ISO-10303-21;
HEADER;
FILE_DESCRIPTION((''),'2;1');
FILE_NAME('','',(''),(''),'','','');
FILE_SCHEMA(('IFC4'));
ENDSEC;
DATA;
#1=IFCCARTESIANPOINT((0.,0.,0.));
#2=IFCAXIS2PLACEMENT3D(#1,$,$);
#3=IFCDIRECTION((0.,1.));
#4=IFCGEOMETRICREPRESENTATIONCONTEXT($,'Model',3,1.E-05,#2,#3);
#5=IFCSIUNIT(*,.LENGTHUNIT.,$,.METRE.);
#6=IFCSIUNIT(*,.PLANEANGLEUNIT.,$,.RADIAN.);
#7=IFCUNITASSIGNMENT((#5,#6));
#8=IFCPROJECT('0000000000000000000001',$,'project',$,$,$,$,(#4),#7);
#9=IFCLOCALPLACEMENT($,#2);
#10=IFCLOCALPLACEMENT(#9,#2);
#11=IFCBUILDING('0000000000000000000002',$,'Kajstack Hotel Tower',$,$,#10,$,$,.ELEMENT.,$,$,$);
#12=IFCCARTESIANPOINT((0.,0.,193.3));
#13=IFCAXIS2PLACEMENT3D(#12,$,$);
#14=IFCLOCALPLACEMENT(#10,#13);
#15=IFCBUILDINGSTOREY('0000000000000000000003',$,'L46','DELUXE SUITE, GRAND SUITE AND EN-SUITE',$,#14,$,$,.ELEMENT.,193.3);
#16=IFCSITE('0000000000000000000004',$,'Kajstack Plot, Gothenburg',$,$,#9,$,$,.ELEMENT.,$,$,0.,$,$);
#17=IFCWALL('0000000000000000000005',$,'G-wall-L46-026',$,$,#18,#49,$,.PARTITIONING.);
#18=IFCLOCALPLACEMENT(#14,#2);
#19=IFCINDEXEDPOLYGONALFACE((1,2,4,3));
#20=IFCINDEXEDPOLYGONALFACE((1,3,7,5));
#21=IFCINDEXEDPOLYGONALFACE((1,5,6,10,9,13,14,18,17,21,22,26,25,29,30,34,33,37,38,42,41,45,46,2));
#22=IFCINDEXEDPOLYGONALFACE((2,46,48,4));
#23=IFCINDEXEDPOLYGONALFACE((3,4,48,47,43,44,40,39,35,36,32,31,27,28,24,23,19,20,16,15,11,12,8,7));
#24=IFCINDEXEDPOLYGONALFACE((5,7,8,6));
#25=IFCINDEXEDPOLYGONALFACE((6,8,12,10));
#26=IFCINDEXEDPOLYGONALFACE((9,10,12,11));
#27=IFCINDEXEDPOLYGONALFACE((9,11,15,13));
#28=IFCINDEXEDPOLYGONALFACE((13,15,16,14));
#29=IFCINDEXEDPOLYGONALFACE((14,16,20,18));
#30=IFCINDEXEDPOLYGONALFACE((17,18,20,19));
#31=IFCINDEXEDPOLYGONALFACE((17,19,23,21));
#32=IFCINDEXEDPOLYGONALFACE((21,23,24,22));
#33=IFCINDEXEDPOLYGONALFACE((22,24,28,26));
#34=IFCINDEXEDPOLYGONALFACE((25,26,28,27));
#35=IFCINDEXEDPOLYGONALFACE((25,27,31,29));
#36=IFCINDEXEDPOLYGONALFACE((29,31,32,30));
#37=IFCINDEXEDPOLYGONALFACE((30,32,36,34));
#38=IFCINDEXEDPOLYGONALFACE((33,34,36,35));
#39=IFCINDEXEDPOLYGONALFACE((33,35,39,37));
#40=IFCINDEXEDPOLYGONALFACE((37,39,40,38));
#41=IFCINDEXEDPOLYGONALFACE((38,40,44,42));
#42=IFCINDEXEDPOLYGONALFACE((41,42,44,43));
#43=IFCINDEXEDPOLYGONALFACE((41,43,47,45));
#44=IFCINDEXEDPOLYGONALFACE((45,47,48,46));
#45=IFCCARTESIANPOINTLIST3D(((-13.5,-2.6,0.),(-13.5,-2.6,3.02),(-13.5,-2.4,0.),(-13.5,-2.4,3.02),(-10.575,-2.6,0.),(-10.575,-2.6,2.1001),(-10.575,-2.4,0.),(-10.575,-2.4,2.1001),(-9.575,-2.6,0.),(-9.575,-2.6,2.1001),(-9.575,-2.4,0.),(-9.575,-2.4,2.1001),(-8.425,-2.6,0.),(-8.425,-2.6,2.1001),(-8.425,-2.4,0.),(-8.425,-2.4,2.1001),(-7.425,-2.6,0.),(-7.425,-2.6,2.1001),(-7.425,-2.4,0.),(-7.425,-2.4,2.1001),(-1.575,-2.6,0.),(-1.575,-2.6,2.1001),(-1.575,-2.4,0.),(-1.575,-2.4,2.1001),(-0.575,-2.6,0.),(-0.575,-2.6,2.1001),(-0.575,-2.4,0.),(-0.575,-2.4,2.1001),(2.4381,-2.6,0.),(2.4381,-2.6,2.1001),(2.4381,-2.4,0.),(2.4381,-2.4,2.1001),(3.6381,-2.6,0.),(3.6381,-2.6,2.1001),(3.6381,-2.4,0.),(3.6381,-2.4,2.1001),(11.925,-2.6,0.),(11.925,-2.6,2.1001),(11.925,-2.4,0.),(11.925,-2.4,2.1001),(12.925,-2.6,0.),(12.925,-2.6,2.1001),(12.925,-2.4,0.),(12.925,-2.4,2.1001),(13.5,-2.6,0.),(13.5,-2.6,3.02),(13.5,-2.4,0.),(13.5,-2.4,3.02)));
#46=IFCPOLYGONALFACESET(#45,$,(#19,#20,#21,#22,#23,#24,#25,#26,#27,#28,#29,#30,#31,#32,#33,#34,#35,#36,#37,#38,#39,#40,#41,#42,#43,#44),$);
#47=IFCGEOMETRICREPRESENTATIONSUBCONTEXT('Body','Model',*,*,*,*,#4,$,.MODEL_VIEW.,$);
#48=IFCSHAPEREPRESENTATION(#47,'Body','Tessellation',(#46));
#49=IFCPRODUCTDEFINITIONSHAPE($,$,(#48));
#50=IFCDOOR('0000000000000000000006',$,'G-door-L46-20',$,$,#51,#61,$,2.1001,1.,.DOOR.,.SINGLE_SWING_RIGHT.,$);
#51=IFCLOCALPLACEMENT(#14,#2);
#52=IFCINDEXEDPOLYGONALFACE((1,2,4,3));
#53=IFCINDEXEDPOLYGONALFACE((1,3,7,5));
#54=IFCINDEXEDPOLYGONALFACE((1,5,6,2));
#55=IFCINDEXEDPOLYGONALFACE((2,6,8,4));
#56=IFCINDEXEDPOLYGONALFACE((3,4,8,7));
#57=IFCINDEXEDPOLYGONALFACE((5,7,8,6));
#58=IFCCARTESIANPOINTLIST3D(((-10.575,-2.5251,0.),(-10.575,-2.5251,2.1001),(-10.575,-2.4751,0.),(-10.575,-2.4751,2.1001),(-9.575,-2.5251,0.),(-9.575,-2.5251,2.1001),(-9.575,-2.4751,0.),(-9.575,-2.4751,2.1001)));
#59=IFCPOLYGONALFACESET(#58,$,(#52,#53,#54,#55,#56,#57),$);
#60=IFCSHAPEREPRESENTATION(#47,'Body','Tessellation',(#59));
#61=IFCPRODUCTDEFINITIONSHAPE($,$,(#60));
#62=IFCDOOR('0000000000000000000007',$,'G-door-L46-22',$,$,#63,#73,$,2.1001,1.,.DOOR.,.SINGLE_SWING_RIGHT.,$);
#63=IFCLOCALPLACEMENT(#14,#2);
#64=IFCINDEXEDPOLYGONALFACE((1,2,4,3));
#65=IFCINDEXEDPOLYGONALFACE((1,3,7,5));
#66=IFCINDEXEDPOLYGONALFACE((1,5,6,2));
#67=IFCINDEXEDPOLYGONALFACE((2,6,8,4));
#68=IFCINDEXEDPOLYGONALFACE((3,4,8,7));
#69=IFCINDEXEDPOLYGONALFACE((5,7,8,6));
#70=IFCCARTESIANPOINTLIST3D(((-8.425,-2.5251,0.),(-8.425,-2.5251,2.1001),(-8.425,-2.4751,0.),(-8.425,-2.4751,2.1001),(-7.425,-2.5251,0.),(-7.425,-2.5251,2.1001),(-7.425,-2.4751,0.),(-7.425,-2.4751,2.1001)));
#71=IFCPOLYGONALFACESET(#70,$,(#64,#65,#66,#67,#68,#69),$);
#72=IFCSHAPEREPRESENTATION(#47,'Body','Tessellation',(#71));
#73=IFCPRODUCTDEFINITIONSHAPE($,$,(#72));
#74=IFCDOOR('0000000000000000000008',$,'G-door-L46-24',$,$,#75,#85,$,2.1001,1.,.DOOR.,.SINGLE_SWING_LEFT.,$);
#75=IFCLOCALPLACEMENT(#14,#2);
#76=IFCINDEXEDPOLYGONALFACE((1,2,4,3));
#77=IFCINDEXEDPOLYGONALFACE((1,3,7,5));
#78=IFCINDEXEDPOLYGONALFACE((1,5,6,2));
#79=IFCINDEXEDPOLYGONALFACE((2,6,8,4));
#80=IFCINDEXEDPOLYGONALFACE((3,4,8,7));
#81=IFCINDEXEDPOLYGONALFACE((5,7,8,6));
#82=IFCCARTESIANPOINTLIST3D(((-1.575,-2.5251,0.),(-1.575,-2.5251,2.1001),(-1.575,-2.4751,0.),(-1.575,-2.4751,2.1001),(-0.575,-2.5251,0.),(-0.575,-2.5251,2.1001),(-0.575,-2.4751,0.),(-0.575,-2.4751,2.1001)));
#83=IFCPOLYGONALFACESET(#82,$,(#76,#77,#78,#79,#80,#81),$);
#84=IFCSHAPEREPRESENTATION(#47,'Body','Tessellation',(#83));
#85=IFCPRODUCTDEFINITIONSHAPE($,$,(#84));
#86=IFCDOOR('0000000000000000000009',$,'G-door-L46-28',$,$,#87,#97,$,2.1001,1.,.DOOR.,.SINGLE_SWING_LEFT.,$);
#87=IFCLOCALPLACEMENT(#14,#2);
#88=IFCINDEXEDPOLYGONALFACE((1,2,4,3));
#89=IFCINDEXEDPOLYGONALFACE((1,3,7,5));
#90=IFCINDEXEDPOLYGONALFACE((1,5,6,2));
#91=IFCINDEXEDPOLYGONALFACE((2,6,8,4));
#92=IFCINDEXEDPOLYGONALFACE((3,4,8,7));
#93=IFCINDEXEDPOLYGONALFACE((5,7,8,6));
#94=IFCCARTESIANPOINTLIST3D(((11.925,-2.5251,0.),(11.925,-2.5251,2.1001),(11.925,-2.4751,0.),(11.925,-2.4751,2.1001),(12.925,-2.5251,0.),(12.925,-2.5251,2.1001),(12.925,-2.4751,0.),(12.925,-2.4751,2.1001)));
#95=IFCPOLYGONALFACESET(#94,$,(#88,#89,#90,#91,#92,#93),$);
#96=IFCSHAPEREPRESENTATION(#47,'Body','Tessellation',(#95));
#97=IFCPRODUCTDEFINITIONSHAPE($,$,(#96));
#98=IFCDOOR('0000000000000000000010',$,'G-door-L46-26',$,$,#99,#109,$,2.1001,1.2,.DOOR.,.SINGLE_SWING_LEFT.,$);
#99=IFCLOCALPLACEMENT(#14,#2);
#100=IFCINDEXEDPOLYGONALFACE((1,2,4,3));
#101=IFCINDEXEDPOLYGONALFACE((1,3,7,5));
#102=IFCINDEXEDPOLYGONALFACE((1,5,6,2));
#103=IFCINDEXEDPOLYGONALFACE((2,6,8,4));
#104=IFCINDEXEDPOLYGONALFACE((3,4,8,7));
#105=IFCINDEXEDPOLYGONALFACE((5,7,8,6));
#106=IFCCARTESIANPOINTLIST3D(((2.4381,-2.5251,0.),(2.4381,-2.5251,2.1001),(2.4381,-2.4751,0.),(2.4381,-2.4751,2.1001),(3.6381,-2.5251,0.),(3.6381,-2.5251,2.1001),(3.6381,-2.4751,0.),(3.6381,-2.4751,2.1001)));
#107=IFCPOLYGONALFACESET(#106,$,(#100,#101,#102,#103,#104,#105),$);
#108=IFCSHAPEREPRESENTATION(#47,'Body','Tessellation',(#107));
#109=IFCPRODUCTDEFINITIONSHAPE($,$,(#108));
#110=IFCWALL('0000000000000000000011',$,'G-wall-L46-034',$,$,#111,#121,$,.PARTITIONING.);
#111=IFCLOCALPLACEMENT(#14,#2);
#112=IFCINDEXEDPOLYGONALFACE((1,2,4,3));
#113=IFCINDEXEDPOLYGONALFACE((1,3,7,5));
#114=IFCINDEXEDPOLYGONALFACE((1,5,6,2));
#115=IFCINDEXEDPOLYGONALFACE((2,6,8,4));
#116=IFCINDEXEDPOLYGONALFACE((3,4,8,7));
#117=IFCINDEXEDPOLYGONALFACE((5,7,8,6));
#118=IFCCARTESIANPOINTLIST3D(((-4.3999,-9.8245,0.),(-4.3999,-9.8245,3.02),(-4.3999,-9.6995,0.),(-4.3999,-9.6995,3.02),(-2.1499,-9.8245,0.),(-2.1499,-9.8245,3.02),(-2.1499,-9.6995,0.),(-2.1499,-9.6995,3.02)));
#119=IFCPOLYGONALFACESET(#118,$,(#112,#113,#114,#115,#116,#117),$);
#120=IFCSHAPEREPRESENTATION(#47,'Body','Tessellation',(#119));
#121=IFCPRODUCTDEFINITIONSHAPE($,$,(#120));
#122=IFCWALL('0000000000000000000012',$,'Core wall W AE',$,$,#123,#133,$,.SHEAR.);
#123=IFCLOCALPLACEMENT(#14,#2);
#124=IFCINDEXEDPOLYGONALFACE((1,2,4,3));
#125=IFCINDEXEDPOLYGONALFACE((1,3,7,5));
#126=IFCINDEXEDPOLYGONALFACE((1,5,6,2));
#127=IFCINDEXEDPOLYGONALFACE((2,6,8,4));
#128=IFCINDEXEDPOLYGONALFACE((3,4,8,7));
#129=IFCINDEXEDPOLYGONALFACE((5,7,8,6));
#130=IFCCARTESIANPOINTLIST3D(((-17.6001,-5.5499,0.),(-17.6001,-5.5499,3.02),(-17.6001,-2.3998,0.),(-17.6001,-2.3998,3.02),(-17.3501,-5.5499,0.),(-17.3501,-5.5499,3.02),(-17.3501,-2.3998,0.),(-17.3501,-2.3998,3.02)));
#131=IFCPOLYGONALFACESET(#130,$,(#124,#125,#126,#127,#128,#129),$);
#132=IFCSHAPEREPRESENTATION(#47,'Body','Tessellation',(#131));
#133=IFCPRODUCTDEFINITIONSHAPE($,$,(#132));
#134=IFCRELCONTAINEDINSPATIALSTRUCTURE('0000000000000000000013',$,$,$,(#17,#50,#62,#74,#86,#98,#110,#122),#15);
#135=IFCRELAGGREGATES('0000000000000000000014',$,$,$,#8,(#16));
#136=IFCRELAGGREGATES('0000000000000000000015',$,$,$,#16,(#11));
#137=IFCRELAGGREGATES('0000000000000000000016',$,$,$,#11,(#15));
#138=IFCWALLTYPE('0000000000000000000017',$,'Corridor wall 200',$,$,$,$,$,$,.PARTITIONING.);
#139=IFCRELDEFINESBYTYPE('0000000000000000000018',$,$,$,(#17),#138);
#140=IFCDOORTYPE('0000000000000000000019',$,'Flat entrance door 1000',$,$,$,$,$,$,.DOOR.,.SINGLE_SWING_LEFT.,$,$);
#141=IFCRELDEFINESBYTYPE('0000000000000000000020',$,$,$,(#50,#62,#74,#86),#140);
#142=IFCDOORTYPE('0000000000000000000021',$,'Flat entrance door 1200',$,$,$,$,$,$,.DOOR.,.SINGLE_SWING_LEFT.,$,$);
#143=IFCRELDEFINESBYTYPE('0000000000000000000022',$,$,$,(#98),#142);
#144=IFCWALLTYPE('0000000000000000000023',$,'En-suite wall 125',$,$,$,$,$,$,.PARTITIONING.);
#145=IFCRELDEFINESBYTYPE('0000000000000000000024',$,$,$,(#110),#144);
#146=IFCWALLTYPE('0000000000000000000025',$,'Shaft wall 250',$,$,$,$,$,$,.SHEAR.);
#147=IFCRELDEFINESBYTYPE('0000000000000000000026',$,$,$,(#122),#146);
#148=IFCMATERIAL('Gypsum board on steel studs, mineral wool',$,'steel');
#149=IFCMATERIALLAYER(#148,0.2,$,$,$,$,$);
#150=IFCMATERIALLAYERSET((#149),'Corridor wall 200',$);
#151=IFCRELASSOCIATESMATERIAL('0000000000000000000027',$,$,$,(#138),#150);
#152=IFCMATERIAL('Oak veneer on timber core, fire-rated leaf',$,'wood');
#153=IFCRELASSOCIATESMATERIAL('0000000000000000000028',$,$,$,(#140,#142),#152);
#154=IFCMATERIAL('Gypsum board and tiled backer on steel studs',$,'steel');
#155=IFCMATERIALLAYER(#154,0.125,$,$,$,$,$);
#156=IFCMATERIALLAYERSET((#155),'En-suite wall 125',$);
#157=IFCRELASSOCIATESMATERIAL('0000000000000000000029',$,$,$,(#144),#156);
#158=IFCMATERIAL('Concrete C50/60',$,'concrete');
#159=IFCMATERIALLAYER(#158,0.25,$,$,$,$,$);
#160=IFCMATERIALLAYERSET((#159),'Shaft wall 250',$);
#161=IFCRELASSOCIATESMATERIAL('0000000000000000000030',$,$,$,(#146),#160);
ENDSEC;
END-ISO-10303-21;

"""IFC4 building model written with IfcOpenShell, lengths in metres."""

from ifc_helpers import new_model, si_unit, direction, frame, frame_2d, origin, place, context, subcontext, project, spatial, rectangle, extrude, material, layer, layer_set, type_object, element, fill, save


model = new_model("IFC4")

# Units and contexts
model_context = context("Model", 3, precision=1e-05, world=origin(), true_north=direction((0.0, 1.0)))
body_context = subcontext(model_context, "Body", "Model", "MODEL_VIEW")
ifc_project = project(units=[si_unit("LENGTHUNIT", "METRE"), si_unit("PLANEANGLEUNIT", "RADIAN")], contexts=[model_context])

# Site, building, storey
site_placement = place(None, origin())
site = spatial("IfcSite", under=ifc_project, at=site_placement, Name="Kajstack Plot, Gothenburg", CompositionType="ELEMENT", RefElevation=0.0)
building_placement = place(site_placement, origin())
building = spatial("IfcBuilding", under=site, at=building_placement, Name="Kajstack Hotel Tower", CompositionType="ELEMENT")
storey_placement = place(building_placement, frame((0.0, 0.0, 193.3)))
storey = spatial("IfcBuildingStorey", under=building, at=storey_placement, Name="L46", Description="DELUXE SUITE, GRAND SUITE AND EN-SUITE", CompositionType="ELEMENT", Elevation=193.3)

# Wall, openings, doors
ifc_material_1 = material(Name="Gypsum board on steel studs, mineral wool", Category="steel")
ifc_layer_1 = layer(ifc_material_1, 0.2)
ifc_layer_set_1 = layer_set([ifc_layer_1], Name="Corridor wall 200")
wall_type_1 = type_object("IfcWallType", Name="Corridor wall 200", PredefinedType="PARTITIONING", material=ifc_layer_set_1)
wall_1_placement = place(storey_placement, frame((-13.5, -2.5, 0.0), z_axis=(0.0, 0.0, 1.0), x_axis=(1.0, 0.0, 0.0)))
wall_1 = element("IfcWall", 1, at=wall_1_placement, inside=storey, type_object=wall_type_1, Name="G-wall-L46-026", PredefinedType="PARTITIONING", context=body_context, shape_type="SweptSolid", body=[
    extrude(rectangle(XDim=27.0, YDim=0.2, at=frame_2d((13.5, 0.0))), origin(), (0.0, 0.0, 1.0), 3.02),
])
opening_1_placement = place(wall_1_placement, frame((2.925, 0.0, 0.0)))
opening_1 = element("IfcOpeningElement", 2, at=opening_1_placement, cuts=wall_1, PredefinedType="OPENING", context=body_context, shape_type="SweptSolid", body=[
    extrude(rectangle(XDim=1.0, YDim=2.1001, at=frame_2d((0.5, 1.05))), frame((0.0, 0.1099, 0.0), z_axis=(0.0, -1.0, 0.0), x_axis=(1.0, 0.0, 0.0)), (0.0, 0.0, 1.0), 0.22),
])
opening_2_placement = place(wall_1_placement, frame((5.075, 0.0, 0.0)))
opening_2 = element("IfcOpeningElement", 3, at=opening_2_placement, cuts=wall_1, PredefinedType="OPENING", context=body_context, shape_type="SweptSolid", body=[
    extrude(rectangle(XDim=1.0, YDim=2.1001, at=frame_2d((0.5, 1.05))), frame((0.0, 0.1099, 0.0), z_axis=(0.0, -1.0, 0.0), x_axis=(1.0, 0.0, 0.0)), (0.0, 0.0, 1.0), 0.22),
])
opening_3_placement = place(wall_1_placement, frame((11.925, 0.0, 0.0)))
opening_3 = element("IfcOpeningElement", 4, at=opening_3_placement, cuts=wall_1, PredefinedType="OPENING", context=body_context, shape_type="SweptSolid", body=[
    extrude(rectangle(XDim=1.0, YDim=2.1001, at=frame_2d((0.5, 1.05))), frame((0.0, 0.1099, 0.0), z_axis=(0.0, -1.0, 0.0), x_axis=(1.0, 0.0, 0.0)), (0.0, 0.0, 1.0), 0.22),
])
opening_4_placement = place(wall_1_placement, frame((15.938, 0.0, 0.0)))
opening_4 = element("IfcOpeningElement", 5, at=opening_4_placement, cuts=wall_1, PredefinedType="OPENING", context=body_context, shape_type="SweptSolid", body=[
    extrude(rectangle(XDim=1.2, YDim=2.1001, at=frame_2d((0.6001, 1.05))), frame((0.0, 0.1099, 0.0), z_axis=(0.0, -1.0, 0.0), x_axis=(1.0, 0.0, 0.0)), (0.0, 0.0, 1.0), 0.22),
])
opening_5_placement = place(wall_1_placement, frame((25.425, 0.0, 0.0)))
opening_5 = element("IfcOpeningElement", 6, at=opening_5_placement, cuts=wall_1, PredefinedType="OPENING", context=body_context, shape_type="SweptSolid", body=[
    extrude(rectangle(XDim=1.0, YDim=2.1001, at=frame_2d((0.5, 1.05))), frame((0.0, 0.1099, 0.0), z_axis=(0.0, -1.0, 0.0), x_axis=(1.0, 0.0, 0.0)), (0.0, 0.0, 1.0), 0.22),
])
ifc_material_2 = material(Name="Oak veneer on timber core, fire-rated leaf", Category="wood")
door_type_1 = type_object("IfcDoorType", Name="Flat entrance door 1000", OperationType="SINGLE_SWING_LEFT", PredefinedType="DOOR", material=ifc_material_2)
door_1_placement = place(opening_1_placement, origin())
door_1 = element("IfcDoor", 7, at=door_1_placement, inside=storey, type_object=door_type_1, Name="G-door-L46-20", OperationType="SINGLE_SWING_RIGHT", OverallHeight=2.1001, OverallWidth=1.0, PredefinedType="DOOR", context=body_context, shape_type="SweptSolid", body=[
    extrude(rectangle(XDim=1.0, YDim=2.1001, at=frame_2d((0.5, 1.05))), frame((0.0, 0.0249, 0.0), z_axis=(0.0, -1.0, 0.0), x_axis=(1.0, 0.0, 0.0)), (0.0, 0.0, 1.0), 0.05),
])
fill(opening_1, door_1)
door_2_placement = place(opening_2_placement, origin())
door_2 = element("IfcDoor", 8, at=door_2_placement, inside=storey, type_object=door_type_1, Name="G-door-L46-22", OperationType="SINGLE_SWING_RIGHT", OverallHeight=2.1001, OverallWidth=1.0, PredefinedType="DOOR", context=body_context, shape_type="SweptSolid", body=[
    extrude(rectangle(XDim=1.0, YDim=2.1001, at=frame_2d((0.5, 1.05))), frame((0.0, 0.0249, 0.0), z_axis=(0.0, -1.0, 0.0), x_axis=(1.0, 0.0, 0.0)), (0.0, 0.0, 1.0), 0.05),
])
fill(opening_2, door_2)
door_3_placement = place(opening_3_placement, origin())
door_3 = element("IfcDoor", 9, at=door_3_placement, inside=storey, type_object=door_type_1, Name="G-door-L46-24", OperationType="SINGLE_SWING_LEFT", OverallHeight=2.1001, OverallWidth=1.0, PredefinedType="DOOR", context=body_context, shape_type="SweptSolid", body=[
    extrude(rectangle(XDim=1.0, YDim=2.1001, at=frame_2d((0.5, 1.05))), frame((0.0, 0.0249, 0.0), z_axis=(0.0, -1.0, 0.0), x_axis=(1.0, 0.0, 0.0)), (0.0, 0.0, 1.0), 0.05),
])
fill(opening_3, door_3)
door_4_placement = place(opening_5_placement, origin())
door_4 = element("IfcDoor", 10, at=door_4_placement, inside=storey, type_object=door_type_1, Name="G-door-L46-28", OperationType="SINGLE_SWING_LEFT", OverallHeight=2.1001, OverallWidth=1.0, PredefinedType="DOOR", context=body_context, shape_type="SweptSolid", body=[
    extrude(rectangle(XDim=1.0, YDim=2.1001, at=frame_2d((0.5, 1.05))), frame((0.0, 0.0249, 0.0), z_axis=(0.0, -1.0, 0.0), x_axis=(1.0, 0.0, 0.0)), (0.0, 0.0, 1.0), 0.05),
])
fill(opening_5, door_4)
door_type_2 = type_object("IfcDoorType", Name="Flat entrance door 1200", OperationType="SINGLE_SWING_LEFT", PredefinedType="DOOR", material=ifc_material_2)
door_5_placement = place(opening_4_placement, origin())
door_5 = element("IfcDoor", 11, at=door_5_placement, inside=storey, type_object=door_type_2, Name="G-door-L46-26", OperationType="SINGLE_SWING_LEFT", OverallHeight=2.1001, OverallWidth=1.2, PredefinedType="DOOR", context=body_context, shape_type="SweptSolid", body=[
    extrude(rectangle(XDim=1.2, YDim=2.1001, at=frame_2d((0.6001, 1.05))), frame((0.0, 0.0249, 0.0), z_axis=(0.0, -1.0, 0.0), x_axis=(1.0, 0.0, 0.0)), (0.0, 0.0, 1.0), 0.05),
])
fill(opening_4, door_5)

# Walls
ifc_material_3 = material(Name="Gypsum board and tiled backer on steel studs", Category="steel")
ifc_layer_2 = layer(ifc_material_3, 0.125)
ifc_layer_set_2 = layer_set([ifc_layer_2], Name="En-suite wall 125")
wall_type_2 = type_object("IfcWallType", Name="En-suite wall 125", PredefinedType="PARTITIONING", material=ifc_layer_set_2)
wall_2_placement = place(storey_placement, frame((-4.3999, -9.762, 0.0), z_axis=(0.0, 0.0, 1.0), x_axis=(1.0, 0.0, 0.0)))
element("IfcWall", 12, at=wall_2_placement, inside=storey, type_object=wall_type_2, Name="G-wall-L46-034", PredefinedType="PARTITIONING", context=body_context, shape_type="SweptSolid", body=[
    extrude(rectangle(XDim=2.25, YDim=0.125, at=frame_2d((1.125, 0.0))), origin(), (0.0, 0.0, 1.0), 3.02),
])
ifc_material_4 = material(Name="Concrete C50/60", Category="concrete")
ifc_layer_3 = layer(ifc_material_4, 0.25)
ifc_layer_set_3 = layer_set([ifc_layer_3], Name="Shaft wall 250")
wall_type_3 = type_object("IfcWallType", Name="Shaft wall 250", PredefinedType="SHEAR", material=ifc_layer_set_3)
wall_3_placement = place(storey_placement, frame((-17.4751, -5.55, 0.0), z_axis=(0.0, 0.0, 1.0), x_axis=(0.0, 1.0, 0.0)))
element("IfcWall", 13, at=wall_3_placement, inside=storey, type_object=wall_type_3, Name="Core wall W AE", PredefinedType="SHEAR", context=body_context, shape_type="SweptSolid", body=[
    extrude(rectangle(XDim=3.1501, YDim=0.25, at=frame_2d((1.5752, 0.0))), origin(), (0.0, 0.0, 1.0), 3.02),
])

save(model, "model.ifc")
